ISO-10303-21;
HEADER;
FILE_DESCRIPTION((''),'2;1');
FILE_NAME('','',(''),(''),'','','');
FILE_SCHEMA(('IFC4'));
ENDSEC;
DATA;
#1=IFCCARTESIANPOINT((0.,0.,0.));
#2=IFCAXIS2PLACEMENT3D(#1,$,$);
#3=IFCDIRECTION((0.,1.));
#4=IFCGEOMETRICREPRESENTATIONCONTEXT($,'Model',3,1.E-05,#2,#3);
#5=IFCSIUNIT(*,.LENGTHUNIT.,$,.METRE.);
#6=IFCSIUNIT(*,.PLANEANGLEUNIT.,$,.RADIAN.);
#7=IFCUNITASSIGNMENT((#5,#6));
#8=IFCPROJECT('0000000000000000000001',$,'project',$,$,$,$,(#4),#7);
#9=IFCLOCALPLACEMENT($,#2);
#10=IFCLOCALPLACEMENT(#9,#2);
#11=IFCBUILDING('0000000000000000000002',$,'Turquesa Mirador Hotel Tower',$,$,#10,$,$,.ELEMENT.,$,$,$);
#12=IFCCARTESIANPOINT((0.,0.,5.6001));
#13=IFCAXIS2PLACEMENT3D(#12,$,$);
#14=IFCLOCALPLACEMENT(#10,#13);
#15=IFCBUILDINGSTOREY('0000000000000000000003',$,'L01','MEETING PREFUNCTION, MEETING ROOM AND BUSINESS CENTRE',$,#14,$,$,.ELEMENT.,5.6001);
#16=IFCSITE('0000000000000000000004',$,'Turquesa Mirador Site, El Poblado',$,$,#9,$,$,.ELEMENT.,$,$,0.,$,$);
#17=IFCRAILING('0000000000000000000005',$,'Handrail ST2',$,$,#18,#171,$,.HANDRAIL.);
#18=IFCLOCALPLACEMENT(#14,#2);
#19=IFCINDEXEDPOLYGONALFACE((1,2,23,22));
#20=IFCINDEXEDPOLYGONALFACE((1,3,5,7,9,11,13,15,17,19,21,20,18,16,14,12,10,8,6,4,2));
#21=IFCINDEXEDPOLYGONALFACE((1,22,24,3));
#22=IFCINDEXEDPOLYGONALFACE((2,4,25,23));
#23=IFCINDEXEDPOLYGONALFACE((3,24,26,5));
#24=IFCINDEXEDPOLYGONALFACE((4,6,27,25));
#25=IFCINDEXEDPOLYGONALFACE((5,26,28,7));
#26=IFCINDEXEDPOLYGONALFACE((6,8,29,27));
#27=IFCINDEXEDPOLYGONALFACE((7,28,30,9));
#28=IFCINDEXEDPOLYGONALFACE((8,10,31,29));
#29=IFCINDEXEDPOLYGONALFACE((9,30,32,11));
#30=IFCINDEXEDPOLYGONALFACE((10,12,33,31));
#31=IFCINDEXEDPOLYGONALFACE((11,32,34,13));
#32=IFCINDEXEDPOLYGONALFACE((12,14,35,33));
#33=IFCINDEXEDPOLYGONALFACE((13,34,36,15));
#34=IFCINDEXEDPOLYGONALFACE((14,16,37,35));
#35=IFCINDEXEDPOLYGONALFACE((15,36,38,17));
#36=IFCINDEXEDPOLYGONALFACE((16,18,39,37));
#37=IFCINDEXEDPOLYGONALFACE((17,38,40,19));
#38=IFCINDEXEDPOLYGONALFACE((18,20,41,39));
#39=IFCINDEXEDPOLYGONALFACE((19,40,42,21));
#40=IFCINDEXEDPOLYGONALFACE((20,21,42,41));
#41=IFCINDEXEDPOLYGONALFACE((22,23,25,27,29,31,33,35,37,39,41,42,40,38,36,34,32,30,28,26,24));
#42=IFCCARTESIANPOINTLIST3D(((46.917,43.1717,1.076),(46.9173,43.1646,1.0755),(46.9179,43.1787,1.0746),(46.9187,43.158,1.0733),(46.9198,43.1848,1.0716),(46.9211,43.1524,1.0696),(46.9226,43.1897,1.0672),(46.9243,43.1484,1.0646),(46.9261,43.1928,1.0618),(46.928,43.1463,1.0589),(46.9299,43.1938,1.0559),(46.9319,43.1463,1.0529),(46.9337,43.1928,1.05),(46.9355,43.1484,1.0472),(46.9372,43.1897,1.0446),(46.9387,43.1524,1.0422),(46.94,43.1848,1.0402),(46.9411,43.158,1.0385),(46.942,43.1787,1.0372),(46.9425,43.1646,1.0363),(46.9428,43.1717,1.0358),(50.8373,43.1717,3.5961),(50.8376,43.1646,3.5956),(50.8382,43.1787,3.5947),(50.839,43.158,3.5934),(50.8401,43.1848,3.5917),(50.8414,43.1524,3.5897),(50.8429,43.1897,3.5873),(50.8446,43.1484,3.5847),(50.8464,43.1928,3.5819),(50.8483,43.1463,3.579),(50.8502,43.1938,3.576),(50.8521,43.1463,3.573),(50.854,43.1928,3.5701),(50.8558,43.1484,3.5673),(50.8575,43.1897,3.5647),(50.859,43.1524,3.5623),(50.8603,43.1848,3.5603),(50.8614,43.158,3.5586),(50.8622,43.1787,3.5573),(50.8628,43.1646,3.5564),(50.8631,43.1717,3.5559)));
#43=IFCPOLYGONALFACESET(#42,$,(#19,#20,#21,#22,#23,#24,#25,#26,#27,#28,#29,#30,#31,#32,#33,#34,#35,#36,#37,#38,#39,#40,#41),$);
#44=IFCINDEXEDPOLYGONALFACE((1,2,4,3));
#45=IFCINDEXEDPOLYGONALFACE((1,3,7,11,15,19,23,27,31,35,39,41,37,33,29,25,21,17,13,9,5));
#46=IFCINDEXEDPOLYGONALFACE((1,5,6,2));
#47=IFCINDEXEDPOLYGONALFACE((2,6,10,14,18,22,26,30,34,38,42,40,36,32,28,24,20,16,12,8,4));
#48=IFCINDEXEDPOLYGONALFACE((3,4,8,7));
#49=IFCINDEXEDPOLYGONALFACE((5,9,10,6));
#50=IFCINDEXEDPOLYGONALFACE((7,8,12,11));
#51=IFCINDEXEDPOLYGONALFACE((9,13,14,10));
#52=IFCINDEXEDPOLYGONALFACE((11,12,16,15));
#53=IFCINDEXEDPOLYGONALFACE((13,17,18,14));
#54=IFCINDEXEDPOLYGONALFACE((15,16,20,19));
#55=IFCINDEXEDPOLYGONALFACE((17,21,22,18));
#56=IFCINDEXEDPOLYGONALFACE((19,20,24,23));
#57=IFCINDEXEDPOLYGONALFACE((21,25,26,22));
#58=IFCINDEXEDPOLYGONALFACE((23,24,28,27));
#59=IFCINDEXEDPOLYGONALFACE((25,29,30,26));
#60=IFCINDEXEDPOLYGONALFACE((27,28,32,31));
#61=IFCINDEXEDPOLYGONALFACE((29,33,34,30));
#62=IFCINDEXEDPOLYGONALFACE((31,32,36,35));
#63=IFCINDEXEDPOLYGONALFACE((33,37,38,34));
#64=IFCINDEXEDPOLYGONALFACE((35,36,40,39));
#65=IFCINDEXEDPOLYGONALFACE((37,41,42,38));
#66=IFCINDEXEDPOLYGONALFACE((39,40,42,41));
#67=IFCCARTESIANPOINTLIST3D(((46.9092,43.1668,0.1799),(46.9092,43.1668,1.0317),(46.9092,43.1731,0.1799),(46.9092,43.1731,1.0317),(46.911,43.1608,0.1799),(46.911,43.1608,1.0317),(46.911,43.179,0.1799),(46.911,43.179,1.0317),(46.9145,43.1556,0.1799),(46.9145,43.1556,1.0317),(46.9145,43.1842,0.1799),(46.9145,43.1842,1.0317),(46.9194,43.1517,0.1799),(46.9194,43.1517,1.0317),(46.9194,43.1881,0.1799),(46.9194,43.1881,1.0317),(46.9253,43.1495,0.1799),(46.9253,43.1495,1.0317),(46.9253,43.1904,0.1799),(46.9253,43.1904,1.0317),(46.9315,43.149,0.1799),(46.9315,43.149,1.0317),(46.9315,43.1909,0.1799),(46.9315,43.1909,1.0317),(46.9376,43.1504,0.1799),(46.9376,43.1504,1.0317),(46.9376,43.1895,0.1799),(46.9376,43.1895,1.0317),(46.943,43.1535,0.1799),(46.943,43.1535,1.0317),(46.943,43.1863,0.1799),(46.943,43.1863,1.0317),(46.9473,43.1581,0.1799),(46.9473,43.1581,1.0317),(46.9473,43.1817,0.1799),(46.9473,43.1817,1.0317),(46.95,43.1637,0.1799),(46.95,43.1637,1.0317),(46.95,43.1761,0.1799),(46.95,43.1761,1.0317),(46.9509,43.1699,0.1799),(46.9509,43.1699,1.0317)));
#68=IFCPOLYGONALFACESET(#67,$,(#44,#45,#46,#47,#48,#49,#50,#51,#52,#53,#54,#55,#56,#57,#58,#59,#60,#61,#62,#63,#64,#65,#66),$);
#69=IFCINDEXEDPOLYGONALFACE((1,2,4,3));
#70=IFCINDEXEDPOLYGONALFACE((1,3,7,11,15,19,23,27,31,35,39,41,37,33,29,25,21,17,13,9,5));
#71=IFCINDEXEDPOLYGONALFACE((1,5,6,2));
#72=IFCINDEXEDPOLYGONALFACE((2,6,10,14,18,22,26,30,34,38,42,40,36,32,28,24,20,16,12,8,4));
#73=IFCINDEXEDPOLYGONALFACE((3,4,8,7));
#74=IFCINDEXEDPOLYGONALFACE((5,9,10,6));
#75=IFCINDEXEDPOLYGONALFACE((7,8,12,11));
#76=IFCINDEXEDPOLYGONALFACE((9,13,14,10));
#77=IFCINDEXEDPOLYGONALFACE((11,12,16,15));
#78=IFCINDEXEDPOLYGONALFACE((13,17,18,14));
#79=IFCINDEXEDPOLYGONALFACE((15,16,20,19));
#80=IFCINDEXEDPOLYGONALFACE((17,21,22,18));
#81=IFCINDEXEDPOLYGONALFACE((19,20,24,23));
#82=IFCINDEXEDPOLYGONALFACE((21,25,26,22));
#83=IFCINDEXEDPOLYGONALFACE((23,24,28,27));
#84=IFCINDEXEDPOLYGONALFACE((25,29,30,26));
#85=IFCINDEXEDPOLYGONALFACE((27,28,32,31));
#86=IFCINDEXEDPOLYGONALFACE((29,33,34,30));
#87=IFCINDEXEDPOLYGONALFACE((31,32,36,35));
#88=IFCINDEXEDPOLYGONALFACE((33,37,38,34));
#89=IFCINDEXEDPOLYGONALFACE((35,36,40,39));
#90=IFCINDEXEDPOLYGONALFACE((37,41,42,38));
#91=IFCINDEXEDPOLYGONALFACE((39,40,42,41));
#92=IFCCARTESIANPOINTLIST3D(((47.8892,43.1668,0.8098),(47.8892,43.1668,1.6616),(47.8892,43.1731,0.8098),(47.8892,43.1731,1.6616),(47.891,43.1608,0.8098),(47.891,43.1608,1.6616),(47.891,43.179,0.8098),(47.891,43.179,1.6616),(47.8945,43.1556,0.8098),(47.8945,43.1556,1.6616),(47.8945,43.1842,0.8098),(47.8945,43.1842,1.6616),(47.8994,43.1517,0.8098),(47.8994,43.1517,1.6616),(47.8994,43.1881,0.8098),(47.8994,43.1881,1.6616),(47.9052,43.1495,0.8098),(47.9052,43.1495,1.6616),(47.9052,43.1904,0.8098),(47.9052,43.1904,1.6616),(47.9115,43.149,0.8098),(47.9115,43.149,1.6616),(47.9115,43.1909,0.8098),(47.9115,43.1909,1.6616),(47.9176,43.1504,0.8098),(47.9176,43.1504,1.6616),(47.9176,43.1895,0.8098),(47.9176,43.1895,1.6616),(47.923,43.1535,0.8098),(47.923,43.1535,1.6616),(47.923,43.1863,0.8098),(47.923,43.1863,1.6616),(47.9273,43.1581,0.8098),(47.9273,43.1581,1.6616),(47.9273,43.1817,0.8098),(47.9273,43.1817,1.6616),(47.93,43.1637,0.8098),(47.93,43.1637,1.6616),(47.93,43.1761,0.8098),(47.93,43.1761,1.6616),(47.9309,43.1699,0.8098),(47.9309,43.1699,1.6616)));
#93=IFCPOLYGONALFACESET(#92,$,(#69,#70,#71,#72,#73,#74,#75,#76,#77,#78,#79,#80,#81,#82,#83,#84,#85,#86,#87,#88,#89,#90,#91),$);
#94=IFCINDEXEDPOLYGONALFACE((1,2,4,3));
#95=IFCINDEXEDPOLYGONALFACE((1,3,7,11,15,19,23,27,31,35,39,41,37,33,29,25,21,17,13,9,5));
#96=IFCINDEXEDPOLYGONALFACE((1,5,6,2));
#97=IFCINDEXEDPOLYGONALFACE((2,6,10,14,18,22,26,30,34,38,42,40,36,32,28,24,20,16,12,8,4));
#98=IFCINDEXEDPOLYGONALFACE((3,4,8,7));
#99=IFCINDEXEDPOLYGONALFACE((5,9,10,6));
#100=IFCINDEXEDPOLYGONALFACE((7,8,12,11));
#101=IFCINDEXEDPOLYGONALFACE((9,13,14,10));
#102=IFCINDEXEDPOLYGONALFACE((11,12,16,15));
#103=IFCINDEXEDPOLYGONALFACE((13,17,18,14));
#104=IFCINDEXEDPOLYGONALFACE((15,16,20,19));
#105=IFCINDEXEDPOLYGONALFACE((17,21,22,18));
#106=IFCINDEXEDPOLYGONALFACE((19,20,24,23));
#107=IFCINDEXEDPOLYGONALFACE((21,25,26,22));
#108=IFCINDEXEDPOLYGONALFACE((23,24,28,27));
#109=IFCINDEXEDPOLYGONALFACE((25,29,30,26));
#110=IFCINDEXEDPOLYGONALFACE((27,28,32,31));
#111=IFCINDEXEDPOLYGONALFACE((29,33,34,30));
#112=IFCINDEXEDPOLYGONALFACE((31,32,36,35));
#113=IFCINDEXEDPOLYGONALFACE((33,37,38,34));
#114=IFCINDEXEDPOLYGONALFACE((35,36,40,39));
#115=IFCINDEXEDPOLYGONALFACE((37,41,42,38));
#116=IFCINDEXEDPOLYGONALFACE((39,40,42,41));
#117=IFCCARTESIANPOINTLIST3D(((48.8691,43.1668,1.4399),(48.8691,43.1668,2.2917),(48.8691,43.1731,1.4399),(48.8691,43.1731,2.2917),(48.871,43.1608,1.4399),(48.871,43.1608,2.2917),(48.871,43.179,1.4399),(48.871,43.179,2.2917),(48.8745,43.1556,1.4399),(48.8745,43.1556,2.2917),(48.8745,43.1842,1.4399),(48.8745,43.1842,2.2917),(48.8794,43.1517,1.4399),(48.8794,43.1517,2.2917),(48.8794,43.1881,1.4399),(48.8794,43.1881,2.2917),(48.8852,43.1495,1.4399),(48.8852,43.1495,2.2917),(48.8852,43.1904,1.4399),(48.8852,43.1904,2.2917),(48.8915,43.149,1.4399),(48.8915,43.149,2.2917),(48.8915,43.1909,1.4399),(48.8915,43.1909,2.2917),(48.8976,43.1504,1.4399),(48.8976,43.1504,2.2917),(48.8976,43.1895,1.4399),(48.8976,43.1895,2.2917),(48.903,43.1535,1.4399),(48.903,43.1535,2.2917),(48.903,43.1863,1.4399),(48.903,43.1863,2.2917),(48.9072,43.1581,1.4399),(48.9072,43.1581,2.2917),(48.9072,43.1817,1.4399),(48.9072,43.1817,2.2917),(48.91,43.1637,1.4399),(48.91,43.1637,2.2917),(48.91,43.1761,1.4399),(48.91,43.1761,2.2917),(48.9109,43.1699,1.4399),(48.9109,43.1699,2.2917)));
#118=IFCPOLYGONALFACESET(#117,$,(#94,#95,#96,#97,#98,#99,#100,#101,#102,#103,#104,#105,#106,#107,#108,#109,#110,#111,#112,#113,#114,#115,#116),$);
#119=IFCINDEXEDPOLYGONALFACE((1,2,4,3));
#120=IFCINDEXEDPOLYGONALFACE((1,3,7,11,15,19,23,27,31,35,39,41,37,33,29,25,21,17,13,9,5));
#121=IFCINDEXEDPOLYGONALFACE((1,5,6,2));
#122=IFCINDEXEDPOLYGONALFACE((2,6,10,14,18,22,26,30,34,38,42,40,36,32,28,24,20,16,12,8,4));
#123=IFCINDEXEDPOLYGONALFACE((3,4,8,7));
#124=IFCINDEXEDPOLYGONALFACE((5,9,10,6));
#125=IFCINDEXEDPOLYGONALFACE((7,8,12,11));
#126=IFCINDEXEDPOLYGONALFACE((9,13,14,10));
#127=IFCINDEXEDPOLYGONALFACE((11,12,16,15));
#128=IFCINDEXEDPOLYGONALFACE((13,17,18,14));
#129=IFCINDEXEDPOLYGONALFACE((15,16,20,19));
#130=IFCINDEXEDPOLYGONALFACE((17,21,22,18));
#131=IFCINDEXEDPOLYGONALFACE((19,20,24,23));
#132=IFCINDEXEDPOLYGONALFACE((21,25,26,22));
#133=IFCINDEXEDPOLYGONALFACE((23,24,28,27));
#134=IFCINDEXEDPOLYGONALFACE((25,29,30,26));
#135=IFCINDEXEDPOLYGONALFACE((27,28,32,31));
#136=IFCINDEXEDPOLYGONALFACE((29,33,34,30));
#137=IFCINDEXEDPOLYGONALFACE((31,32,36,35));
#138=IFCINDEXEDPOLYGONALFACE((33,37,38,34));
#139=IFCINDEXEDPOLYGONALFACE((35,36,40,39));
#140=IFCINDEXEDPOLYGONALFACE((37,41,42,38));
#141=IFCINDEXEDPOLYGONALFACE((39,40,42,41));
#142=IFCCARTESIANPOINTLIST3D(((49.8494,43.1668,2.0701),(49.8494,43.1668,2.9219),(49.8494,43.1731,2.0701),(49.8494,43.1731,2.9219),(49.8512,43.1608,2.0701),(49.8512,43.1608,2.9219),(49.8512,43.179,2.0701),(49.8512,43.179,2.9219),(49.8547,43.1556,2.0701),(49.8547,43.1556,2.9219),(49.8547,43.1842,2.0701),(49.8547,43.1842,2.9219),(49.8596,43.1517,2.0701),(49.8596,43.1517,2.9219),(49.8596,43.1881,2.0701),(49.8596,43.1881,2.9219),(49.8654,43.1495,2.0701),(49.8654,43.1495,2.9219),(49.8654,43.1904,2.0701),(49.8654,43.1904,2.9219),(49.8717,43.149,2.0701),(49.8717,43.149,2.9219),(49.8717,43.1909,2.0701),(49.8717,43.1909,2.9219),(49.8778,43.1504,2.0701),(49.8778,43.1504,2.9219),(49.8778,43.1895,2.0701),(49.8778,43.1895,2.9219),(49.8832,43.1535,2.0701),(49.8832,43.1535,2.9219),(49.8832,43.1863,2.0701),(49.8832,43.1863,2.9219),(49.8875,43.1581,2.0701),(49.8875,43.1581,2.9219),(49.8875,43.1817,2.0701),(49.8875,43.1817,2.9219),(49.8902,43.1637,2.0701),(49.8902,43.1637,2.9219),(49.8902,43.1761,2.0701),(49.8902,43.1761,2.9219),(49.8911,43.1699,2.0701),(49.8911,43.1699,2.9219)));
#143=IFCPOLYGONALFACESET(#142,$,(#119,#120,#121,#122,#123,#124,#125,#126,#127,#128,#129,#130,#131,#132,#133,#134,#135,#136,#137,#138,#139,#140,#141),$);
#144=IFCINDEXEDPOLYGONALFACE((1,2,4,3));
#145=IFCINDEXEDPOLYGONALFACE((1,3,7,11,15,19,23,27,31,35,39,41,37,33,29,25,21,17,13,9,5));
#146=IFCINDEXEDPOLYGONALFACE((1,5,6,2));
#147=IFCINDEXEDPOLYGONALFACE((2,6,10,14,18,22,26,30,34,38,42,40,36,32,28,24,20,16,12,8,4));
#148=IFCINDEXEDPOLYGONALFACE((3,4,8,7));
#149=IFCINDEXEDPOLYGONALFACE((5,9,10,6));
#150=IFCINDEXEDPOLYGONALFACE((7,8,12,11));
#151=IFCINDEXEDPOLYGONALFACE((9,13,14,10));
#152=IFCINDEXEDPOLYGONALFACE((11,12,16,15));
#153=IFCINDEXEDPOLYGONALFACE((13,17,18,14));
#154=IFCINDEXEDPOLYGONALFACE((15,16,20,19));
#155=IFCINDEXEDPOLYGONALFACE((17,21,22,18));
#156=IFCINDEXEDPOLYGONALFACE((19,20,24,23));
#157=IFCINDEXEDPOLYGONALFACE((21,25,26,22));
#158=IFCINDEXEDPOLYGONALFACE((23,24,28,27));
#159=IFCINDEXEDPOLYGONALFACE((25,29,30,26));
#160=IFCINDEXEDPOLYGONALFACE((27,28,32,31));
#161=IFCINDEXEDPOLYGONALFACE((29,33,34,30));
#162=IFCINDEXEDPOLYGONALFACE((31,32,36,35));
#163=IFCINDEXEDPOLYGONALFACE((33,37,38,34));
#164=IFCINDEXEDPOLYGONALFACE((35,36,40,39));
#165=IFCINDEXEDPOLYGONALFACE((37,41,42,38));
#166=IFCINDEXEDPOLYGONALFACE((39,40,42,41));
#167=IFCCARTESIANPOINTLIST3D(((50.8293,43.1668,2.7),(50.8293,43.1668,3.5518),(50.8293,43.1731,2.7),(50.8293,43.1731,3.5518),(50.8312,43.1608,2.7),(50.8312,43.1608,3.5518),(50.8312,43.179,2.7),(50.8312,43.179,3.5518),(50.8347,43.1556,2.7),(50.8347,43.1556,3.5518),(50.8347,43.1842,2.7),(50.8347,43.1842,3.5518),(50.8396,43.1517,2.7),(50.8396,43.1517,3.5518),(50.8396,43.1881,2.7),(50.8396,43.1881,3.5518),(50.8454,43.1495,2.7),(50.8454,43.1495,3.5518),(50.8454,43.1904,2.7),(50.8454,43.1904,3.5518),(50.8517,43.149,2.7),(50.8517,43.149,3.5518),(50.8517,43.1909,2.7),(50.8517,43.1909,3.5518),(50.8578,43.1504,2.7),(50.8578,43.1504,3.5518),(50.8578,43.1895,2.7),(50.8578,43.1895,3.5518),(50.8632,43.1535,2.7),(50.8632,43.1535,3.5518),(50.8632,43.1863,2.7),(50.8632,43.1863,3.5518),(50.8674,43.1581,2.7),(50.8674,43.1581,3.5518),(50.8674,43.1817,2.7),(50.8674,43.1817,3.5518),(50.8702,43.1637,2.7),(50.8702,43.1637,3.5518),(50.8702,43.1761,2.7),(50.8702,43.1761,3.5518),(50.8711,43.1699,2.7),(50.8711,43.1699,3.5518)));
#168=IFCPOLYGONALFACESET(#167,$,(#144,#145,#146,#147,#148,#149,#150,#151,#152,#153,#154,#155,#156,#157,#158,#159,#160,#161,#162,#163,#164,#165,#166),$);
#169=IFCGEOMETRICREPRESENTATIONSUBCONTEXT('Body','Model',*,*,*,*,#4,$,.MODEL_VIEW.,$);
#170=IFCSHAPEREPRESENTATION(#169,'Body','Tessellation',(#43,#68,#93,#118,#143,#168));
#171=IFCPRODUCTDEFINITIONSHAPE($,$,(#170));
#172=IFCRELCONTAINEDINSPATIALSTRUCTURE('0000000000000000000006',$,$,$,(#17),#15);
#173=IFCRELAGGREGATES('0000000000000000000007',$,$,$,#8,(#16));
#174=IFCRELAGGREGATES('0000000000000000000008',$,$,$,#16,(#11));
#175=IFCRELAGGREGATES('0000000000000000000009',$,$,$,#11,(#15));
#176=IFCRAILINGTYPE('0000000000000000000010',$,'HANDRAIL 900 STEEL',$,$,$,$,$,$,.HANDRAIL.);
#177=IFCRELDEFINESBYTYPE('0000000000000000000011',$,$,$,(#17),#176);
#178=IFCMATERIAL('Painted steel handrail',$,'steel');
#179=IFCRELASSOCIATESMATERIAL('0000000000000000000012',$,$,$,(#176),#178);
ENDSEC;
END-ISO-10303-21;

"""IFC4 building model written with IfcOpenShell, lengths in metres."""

from ifc_helpers import new_model, si_unit, direction, frame, origin, origin_2d, place, context, subcontext, project, spatial, circle, extrude, material, type_object, element, save


model = new_model("IFC4")

# Units and contexts
model_context = context("Model", 3, precision=1e-05, world=origin(), true_north=direction((0.0, 1.0)))
body_context = subcontext(model_context, "Body", "Model", "MODEL_VIEW")
ifc_project = project(units=[si_unit("LENGTHUNIT", "METRE"), si_unit("PLANEANGLEUNIT", "RADIAN")], contexts=[model_context])

# Site, building, storey
site_placement = place(None, origin())
site = spatial("IfcSite", under=ifc_project, at=site_placement, Name="Turquesa Mirador Site, El Poblado", CompositionType="ELEMENT", RefElevation=0.0)
building_placement = place(site_placement, origin())
building = spatial("IfcBuilding", under=site, at=building_placement, Name="Turquesa Mirador Hotel Tower", CompositionType="ELEMENT")
storey_placement = place(building_placement, frame((0.0, 0.0, 5.6001)))
storey = spatial("IfcBuildingStorey", under=building, at=storey_placement, Name="L01", Description="MEETING PREFUNCTION, MEETING ROOM AND BUSINESS CENTRE", CompositionType="ELEMENT", Elevation=5.6001)

# Railing
ifc_material_1 = material(Name="Painted steel handrail", Category="steel")
railing_type = type_object("IfcRailingType", Name="HANDRAIL 900 STEEL", PredefinedType="HANDRAIL", material=ifc_material_1)
railing_1_placement = place(storey_placement, frame((46.9299, 43.1699, 0.1799)))
element("IfcRailing", 1, at=railing_1_placement, inside=storey, type_object=railing_type, Name="Handrail ST2", PredefinedType="HANDRAIL", context=body_context, shape_type="SweptSolid", body=[
    extrude(circle(Radius=0.0239, at=origin_2d()), frame((0.0, 0.0, 0.876), z_axis=(0.841187, 0.0, 0.540744), x_axis=(0.0, 1.0, 0.0)), (0.0, 0.0, 1.0), 4.6604),
    extrude(circle(Radius=0.021, at=origin_2d()), origin(), (0.0, 0.0, 1.0), 0.8518),
    extrude(circle(Radius=0.021, at=origin_2d()), frame((0.98, 0.0, 0.6299)), (0.0, 0.0, 1.0), 0.8518),
    extrude(circle(Radius=0.021, at=origin_2d()), frame((1.96, 0.0, 1.26)), (0.0, 0.0, 1.0), 0.8518),
    extrude(circle(Radius=0.021, at=origin_2d()), frame((2.9402, 0.0, 1.8901)), (0.0, 0.0, 1.0), 0.8518),
    extrude(circle(Radius=0.021, at=origin_2d()), frame((3.9202, 0.0, 2.52)), (0.0, 0.0, 1.0), 0.8518),
])

save(model, "model.ifc")
